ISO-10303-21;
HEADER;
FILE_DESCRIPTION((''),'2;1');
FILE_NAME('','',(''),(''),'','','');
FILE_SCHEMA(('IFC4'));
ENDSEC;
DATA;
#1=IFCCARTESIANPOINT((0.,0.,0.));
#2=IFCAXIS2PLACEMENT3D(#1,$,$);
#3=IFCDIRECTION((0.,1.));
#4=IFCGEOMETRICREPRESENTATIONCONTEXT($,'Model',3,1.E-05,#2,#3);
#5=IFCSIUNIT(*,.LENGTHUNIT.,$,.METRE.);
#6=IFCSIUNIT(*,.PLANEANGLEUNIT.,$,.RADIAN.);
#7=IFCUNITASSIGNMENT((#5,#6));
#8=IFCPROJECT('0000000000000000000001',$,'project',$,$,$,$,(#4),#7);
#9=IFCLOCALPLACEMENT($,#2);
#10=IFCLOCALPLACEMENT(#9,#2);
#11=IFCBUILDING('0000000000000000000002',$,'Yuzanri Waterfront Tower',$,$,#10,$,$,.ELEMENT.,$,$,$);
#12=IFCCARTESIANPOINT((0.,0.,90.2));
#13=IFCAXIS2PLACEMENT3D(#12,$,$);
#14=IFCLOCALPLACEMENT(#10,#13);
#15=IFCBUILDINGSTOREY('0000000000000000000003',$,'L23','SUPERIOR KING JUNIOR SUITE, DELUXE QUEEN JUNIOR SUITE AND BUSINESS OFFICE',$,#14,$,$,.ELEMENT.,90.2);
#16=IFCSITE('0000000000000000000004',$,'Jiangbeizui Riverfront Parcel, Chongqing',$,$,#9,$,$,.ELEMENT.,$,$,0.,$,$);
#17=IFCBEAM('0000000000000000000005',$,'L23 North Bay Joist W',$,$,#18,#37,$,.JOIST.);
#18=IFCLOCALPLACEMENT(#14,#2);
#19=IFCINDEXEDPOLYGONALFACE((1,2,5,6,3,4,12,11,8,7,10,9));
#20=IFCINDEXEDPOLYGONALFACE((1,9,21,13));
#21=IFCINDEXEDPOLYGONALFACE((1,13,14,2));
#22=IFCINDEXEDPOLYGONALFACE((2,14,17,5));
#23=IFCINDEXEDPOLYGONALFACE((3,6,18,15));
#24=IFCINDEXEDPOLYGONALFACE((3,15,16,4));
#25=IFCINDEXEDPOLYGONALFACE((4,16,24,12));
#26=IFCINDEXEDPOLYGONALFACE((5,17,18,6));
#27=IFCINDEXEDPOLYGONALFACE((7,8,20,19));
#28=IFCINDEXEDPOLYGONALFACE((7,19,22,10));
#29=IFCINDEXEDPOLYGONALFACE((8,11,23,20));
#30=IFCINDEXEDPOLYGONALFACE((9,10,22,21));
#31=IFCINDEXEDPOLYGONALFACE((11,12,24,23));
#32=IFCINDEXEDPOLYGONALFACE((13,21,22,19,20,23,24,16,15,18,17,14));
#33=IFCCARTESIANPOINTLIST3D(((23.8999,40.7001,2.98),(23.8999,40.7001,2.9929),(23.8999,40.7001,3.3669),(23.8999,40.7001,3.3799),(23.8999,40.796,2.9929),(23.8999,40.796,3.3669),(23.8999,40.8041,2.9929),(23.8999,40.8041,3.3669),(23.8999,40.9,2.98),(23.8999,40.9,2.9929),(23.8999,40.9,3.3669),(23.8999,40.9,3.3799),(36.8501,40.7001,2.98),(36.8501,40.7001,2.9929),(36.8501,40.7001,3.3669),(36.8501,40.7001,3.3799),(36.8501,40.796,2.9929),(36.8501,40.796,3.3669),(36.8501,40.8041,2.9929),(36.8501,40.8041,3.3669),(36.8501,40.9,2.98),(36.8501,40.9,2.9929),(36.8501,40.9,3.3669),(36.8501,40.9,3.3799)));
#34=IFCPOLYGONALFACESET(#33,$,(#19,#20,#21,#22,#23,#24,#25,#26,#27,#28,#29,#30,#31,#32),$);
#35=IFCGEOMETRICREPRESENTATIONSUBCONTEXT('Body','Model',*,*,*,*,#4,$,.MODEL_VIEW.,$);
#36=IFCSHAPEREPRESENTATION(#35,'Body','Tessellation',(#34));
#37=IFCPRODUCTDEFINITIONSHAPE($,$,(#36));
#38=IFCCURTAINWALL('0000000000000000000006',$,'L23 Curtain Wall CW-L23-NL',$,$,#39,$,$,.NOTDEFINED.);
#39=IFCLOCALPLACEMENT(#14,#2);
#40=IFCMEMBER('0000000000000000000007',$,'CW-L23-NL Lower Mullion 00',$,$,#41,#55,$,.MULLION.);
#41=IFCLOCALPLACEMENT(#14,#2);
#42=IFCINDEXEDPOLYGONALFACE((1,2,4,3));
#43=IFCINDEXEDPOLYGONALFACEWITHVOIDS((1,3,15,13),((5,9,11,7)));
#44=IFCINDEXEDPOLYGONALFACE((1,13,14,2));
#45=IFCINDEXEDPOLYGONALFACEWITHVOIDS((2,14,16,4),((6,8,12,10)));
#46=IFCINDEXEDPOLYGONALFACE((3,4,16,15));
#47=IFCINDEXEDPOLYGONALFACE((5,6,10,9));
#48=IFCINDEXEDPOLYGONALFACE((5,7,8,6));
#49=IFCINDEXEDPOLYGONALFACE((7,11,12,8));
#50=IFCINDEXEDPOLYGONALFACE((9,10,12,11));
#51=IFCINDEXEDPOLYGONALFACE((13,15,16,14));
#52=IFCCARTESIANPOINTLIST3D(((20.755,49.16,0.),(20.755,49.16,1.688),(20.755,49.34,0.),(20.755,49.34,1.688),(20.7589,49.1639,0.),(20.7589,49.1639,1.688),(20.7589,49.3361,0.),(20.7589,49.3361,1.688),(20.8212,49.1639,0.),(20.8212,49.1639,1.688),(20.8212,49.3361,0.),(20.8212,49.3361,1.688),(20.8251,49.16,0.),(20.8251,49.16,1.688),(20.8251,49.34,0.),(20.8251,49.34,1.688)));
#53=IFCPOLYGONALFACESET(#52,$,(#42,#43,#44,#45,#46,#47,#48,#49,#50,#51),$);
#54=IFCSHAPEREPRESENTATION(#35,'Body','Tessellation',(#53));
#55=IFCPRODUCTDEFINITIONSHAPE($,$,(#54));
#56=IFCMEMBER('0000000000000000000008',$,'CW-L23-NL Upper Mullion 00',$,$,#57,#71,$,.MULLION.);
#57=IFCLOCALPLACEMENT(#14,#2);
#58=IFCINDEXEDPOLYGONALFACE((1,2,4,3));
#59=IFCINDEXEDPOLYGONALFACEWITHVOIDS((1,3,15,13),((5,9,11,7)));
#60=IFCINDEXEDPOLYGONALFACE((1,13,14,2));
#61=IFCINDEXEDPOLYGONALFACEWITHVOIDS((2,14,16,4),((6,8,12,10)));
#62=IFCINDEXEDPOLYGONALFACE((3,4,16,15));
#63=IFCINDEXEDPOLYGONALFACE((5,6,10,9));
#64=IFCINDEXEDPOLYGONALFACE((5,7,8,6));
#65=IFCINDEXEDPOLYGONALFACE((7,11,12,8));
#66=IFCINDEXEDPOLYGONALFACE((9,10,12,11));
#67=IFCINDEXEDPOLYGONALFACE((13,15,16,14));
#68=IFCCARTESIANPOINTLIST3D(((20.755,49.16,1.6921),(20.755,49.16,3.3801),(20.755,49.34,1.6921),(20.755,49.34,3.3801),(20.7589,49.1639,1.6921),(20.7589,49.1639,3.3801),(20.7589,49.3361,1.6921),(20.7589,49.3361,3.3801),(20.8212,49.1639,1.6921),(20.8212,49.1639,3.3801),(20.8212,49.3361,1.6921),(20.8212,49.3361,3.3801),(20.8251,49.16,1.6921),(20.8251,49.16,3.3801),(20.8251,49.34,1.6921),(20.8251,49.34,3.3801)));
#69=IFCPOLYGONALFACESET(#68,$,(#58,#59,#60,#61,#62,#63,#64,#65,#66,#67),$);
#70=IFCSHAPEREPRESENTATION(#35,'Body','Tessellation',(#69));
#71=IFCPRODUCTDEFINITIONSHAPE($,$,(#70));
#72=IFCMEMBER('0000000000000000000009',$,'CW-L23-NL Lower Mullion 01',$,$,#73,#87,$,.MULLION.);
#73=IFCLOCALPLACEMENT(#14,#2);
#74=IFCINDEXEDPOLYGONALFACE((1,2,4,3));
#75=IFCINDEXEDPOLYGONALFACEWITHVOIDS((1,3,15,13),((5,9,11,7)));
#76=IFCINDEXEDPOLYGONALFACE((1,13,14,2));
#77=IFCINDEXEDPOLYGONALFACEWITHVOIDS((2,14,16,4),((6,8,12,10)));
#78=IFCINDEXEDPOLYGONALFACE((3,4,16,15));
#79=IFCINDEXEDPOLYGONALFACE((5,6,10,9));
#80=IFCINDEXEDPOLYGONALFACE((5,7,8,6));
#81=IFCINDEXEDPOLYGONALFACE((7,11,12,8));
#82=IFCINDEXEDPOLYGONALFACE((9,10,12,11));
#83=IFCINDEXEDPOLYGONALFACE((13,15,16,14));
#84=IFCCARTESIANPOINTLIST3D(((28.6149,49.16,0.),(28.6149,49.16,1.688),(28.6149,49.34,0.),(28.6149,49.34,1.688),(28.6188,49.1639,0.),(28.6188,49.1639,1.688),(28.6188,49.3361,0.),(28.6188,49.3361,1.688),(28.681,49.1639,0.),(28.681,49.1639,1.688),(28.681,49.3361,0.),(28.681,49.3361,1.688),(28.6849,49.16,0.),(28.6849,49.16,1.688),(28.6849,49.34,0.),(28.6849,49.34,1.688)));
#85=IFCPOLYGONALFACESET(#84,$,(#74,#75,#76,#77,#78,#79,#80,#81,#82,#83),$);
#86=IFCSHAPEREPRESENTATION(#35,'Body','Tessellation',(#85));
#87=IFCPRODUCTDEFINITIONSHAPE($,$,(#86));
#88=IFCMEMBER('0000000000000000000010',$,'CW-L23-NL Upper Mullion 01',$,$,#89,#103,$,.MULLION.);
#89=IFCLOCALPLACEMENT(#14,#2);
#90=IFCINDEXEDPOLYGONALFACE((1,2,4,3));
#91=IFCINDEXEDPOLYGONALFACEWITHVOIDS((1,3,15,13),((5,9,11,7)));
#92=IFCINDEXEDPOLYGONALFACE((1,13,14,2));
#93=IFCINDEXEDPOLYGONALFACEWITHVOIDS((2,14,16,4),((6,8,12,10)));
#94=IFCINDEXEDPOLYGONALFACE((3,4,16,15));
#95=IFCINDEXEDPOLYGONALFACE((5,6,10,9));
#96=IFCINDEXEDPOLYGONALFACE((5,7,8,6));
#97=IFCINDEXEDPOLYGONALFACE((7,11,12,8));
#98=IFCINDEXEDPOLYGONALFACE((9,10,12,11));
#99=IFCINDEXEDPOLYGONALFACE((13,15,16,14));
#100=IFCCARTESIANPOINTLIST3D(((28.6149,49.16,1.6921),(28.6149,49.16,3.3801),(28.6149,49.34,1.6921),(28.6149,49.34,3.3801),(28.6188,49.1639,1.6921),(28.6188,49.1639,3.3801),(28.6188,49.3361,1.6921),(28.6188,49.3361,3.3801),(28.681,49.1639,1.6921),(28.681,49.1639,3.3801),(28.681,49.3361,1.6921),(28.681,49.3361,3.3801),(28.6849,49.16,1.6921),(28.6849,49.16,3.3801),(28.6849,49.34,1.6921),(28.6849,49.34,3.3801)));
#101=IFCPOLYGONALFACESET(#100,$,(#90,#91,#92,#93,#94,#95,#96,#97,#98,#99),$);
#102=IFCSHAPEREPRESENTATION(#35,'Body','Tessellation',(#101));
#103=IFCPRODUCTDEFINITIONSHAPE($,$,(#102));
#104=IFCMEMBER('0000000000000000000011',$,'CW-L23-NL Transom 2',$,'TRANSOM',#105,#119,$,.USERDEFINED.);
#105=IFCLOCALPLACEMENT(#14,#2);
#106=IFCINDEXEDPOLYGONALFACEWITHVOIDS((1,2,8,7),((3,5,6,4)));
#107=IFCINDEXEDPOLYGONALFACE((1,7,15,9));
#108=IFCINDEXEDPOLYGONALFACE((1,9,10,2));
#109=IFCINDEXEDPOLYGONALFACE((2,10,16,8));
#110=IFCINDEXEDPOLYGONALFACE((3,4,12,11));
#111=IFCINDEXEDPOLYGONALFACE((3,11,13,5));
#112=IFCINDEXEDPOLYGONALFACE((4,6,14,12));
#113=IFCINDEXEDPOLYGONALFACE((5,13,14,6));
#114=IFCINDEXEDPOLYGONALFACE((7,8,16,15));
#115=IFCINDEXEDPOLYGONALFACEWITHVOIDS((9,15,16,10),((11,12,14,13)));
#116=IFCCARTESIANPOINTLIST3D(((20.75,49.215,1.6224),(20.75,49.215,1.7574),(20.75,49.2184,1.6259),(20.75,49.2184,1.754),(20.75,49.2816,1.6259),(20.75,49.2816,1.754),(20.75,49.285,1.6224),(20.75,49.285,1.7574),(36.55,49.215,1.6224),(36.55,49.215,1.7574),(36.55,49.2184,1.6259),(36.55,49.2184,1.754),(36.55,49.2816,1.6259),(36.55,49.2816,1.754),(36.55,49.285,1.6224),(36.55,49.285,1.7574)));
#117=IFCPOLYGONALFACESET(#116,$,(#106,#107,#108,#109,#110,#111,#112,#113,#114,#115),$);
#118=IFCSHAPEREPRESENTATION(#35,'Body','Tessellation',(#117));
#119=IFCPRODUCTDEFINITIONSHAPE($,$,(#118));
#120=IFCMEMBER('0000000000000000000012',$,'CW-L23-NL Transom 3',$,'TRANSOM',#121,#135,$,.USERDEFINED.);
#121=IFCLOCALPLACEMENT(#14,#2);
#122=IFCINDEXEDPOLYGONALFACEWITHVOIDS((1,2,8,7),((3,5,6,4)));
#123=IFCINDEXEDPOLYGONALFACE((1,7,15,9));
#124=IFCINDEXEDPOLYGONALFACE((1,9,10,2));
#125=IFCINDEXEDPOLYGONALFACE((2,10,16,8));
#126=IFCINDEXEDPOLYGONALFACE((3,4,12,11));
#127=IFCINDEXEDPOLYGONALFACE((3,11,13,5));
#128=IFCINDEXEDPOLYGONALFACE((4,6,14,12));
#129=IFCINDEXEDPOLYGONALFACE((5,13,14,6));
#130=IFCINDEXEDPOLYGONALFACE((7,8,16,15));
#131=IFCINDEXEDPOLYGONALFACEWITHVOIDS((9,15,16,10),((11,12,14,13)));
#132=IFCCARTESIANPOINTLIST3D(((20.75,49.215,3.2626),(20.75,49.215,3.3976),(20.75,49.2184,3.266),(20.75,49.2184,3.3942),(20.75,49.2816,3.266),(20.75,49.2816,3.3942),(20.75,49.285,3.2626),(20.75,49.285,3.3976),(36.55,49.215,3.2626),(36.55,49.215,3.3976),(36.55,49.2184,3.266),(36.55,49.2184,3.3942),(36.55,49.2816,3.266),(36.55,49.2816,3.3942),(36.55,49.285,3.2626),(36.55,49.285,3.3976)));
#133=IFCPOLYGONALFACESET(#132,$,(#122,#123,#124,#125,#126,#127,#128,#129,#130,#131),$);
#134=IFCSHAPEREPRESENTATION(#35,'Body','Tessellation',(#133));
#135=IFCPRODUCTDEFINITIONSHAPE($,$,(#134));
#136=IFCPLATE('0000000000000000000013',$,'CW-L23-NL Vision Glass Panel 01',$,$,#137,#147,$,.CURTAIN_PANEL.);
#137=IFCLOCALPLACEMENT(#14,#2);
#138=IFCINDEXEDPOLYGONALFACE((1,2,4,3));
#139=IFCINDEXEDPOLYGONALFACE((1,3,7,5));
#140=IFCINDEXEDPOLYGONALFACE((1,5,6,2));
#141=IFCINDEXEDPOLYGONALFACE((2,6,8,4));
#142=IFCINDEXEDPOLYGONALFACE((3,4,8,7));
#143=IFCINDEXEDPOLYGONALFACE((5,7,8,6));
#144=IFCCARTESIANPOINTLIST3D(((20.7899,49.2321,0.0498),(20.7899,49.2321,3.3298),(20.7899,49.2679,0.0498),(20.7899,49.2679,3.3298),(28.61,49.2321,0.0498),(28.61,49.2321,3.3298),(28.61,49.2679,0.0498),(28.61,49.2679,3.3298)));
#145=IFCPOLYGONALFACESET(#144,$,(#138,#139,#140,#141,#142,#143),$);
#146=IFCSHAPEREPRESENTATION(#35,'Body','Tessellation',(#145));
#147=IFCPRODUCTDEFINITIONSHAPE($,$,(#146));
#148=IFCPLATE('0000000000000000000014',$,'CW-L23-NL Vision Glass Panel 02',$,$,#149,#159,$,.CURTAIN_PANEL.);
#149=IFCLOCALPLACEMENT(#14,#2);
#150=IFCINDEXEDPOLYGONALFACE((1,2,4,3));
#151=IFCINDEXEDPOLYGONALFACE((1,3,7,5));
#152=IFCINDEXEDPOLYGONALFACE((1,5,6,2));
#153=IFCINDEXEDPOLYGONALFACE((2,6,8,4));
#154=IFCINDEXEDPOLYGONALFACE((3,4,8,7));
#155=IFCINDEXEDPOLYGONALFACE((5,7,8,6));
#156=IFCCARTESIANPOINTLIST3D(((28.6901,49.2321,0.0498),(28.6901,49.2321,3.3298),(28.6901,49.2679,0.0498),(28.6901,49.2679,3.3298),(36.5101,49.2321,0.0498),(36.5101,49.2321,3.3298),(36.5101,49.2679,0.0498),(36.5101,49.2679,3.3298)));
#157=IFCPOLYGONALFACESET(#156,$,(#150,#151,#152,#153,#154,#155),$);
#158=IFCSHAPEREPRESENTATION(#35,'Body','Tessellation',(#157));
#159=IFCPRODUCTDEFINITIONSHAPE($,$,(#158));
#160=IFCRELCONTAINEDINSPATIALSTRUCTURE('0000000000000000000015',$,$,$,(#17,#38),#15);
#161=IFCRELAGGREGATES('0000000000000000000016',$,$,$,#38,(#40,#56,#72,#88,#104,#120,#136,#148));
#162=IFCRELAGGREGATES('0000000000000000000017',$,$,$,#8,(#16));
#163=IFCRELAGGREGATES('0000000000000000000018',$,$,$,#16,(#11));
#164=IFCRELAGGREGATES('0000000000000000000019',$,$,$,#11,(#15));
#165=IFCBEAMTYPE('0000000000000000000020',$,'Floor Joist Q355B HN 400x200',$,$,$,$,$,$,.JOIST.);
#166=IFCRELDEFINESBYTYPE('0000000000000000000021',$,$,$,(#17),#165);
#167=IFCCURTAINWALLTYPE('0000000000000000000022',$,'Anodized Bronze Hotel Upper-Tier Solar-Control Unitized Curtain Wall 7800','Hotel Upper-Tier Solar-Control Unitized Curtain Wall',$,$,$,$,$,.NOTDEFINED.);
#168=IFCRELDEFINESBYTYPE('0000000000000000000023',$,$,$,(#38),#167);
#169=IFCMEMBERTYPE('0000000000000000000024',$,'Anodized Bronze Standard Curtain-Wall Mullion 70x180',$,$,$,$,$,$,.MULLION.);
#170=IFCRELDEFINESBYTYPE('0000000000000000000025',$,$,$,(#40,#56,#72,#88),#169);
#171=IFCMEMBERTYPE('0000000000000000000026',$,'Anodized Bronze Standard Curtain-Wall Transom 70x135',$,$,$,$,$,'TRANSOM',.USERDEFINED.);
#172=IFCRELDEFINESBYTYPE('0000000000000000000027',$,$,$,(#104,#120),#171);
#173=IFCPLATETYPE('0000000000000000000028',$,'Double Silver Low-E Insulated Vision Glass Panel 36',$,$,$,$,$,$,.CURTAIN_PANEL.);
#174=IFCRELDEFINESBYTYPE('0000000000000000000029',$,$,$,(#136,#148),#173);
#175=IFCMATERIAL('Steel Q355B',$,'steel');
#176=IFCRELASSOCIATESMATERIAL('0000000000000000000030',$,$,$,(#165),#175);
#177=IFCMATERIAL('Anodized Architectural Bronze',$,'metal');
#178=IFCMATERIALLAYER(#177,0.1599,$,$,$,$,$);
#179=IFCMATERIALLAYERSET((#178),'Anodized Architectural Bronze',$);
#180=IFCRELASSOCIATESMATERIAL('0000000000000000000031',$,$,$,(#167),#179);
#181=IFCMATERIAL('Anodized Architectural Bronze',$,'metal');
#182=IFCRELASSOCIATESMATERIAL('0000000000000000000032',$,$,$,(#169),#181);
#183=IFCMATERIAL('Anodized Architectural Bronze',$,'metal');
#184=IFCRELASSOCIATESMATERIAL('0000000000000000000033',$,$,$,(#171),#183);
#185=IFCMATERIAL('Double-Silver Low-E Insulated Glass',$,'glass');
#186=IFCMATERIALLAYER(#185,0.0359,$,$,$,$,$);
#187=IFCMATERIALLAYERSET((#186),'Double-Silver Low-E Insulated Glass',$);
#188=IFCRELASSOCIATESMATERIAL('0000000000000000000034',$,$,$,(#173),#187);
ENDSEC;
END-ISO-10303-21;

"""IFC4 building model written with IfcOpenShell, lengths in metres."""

from ifc_helpers import new_model, si_unit, direction, frame, origin, origin_2d, place, context, subcontext, project, spatial, rectangle, hollow_rectangle, i_section, extrude, source, transform, mapped, material, layer, layer_set, material_profile, profile_set, type_object, element, aggregate, save


model = new_model("IFC4")

# Units and contexts
model_context = context("Model", 3, precision=1e-05, world=origin(), true_north=direction((0.0, 1.0)))
body_context = subcontext(model_context, "Body", "Model", "MODEL_VIEW")
ifc_project = project(units=[si_unit("LENGTHUNIT", "METRE"), si_unit("PLANEANGLEUNIT", "RADIAN")], contexts=[model_context])

# Site, building, storey
site_placement = place(None, origin())
site = spatial("IfcSite", under=ifc_project, at=site_placement, Name="Jiangbeizui Riverfront Parcel, Chongqing", CompositionType="ELEMENT", RefElevation=0.0)
building_placement = place(site_placement, origin())
building = spatial("IfcBuilding", under=site, at=building_placement, Name="Yuzanri Waterfront Tower", CompositionType="ELEMENT")
storey_placement = place(building_placement, frame((0.0, 0.0, 90.2)))
storey = spatial("IfcBuildingStorey", under=building, at=storey_placement, Name="L23", Description="SUPERIOR KING JUNIOR SUITE, DELUXE QUEEN JUNIOR SUITE AND BUSINESS OFFICE", CompositionType="ELEMENT", Elevation=90.2)

# Beam
ifc_material_1 = material(Name="Steel Q355B", Category="steel")
ifc_material_profile_1 = material_profile(ifc_material_1, i_section(OverallWidth=0.2, OverallDepth=0.3999, WebThickness=0.0081, FlangeThickness=0.0129, at=origin_2d()), Name="HN 400x200x8x13")
ifc_profile_set_1 = profile_set([ifc_material_profile_1], Name="Steel Q355B")
beam_type = type_object("IfcBeamType", Name="Floor Joist Q355B HN 400x200", PredefinedType="JOIST", material=ifc_profile_set_1)
shared_shape_1 = source(origin(), body_context, "Body", "SweptSolid", [
    extrude(i_section(OverallWidth=0.2, OverallDepth=0.3999, WebThickness=0.0081, FlangeThickness=0.0129, at=origin_2d()), origin(), (0.0, 0.0, 1.0), 12.9502),
])
beam_placement = place(storey_placement, frame((23.8999, 40.8, 3.1799), z_axis=(1.0, 0.0, 0.0), x_axis=(0.0, 1.0, 0.0)))
element("IfcBeam", 1, at=beam_placement, inside=storey, type_object=beam_type, Name="L23 North Bay Joist W", PredefinedType="JOIST", context=body_context, shape_type="MappedRepresentation", body=[
    mapped(shared_shape_1, transform((0.0, 0.0, 0.0), scale=1.0)),
])

# Curtain wall, members, plates
ifc_material_2 = material(Name="Anodized Architectural Bronze", Category="metal")
ifc_layer_1 = layer(ifc_material_2, 0.1599)
ifc_layer_set_1 = layer_set([ifc_layer_1], Name="Anodized Architectural Bronze")
curtain_wall_type = type_object("IfcCurtainWallType", Name="Anodized Bronze Hotel Upper-Tier Solar-Control Unitized Curtain Wall 7800", Description="Hotel Upper-Tier Solar-Control Unitized Curtain Wall", PredefinedType="NOTDEFINED", material=ifc_layer_set_1)
curtain_wall_placement = place(storey_placement, origin())
curtain_wall = element("IfcCurtainWall", 2, at=curtain_wall_placement, inside=storey, type_object=curtain_wall_type, Name="L23 Curtain Wall CW-L23-NL", PredefinedType="NOTDEFINED")
ifc_material_3 = material(Name="Anodized Architectural Bronze", Category="metal")
ifc_material_profile_2 = material_profile(ifc_material_3, hollow_rectangle(XDim=0.0701, YDim=0.1799, WallThickness=0.0039, at=origin_2d()), Name="CWM 70x180")
ifc_profile_set_2 = profile_set([ifc_material_profile_2], Name="Anodized Architectural Bronze")
member_type_1 = type_object("IfcMemberType", Name="Anodized Bronze Standard Curtain-Wall Mullion 70x180", PredefinedType="MULLION", material=ifc_profile_set_2)
shared_shape_2 = source(origin(), body_context, "Body", "SweptSolid", [
    extrude(hollow_rectangle(XDim=0.0701, YDim=0.1799, WallThickness=0.0039, at=origin_2d()), origin(), (0.0, 0.0, 1.0), 1.688),
])
member_1_placement = place(storey_placement, frame((20.79, 49.25, 0.0), z_axis=(0.0, 0.0, 1.0), x_axis=(1.0, 0.0, 0.0)))
member_1 = element("IfcMember", 3, at=member_1_placement, type_object=member_type_1, Name="CW-L23-NL Lower Mullion 00", PredefinedType="MULLION", context=body_context, shape_type="MappedRepresentation", body=[
    mapped(shared_shape_2, transform((0.0, 0.0, 0.0), scale=1.0)),
])
member_2_placement = place(storey_placement, frame((20.79, 49.25, 1.6921), z_axis=(0.0, 0.0, 1.0), x_axis=(1.0, 0.0, 0.0)))
member_2 = element("IfcMember", 4, at=member_2_placement, type_object=member_type_1, Name="CW-L23-NL Upper Mullion 00", PredefinedType="MULLION", context=body_context, shape_type="MappedRepresentation", body=[
    mapped(shared_shape_2, transform((0.0, 0.0, 0.0), scale=1.0)),
])
member_3_placement = place(storey_placement, frame((28.6499, 49.25, 0.0), z_axis=(0.0, 0.0, 1.0), x_axis=(1.0, 0.0, 0.0)))
member_3 = element("IfcMember", 5, at=member_3_placement, type_object=member_type_1, Name="CW-L23-NL Lower Mullion 01", PredefinedType="MULLION", context=body_context, shape_type="MappedRepresentation", body=[
    mapped(shared_shape_2, transform((0.0, 0.0, 0.0), scale=1.0)),
])
member_4_placement = place(storey_placement, frame((28.6499, 49.25, 1.6921), z_axis=(0.0, 0.0, 1.0), x_axis=(1.0, 0.0, 0.0)))
member_4 = element("IfcMember", 6, at=member_4_placement, type_object=member_type_1, Name="CW-L23-NL Upper Mullion 01", PredefinedType="MULLION", context=body_context, shape_type="MappedRepresentation", body=[
    mapped(shared_shape_2, transform((0.0, 0.0, 0.0), scale=1.0)),
])
ifc_material_4 = material(Name="Anodized Architectural Bronze", Category="metal")
ifc_material_profile_3 = material_profile(ifc_material_4, hollow_rectangle(XDim=0.0701, YDim=0.135, WallThickness=0.0034, at=origin_2d()), Name="CWT 70x135")
ifc_profile_set_3 = profile_set([ifc_material_profile_3], Name="Anodized Architectural Bronze")
member_type_2 = type_object("IfcMemberType", Name="Anodized Bronze Standard Curtain-Wall Transom 70x135", ElementType="TRANSOM", PredefinedType="USERDEFINED", material=ifc_profile_set_3)
shared_shape_3 = source(origin(), body_context, "Body", "SweptSolid", [
    extrude(hollow_rectangle(XDim=0.0701, YDim=0.135, WallThickness=0.0034, at=origin_2d()), origin(), (0.0, 0.0, 1.0), 15.8),
])
member_5_placement = place(storey_placement, frame((20.75, 49.25, 1.6899), z_axis=(1.0, 0.0, 0.0), x_axis=(0.0, 1.0, 0.0)))
member_5 = element("IfcMember", 7, at=member_5_placement, type_object=member_type_2, Name="CW-L23-NL Transom 2", ObjectType="TRANSOM", PredefinedType="USERDEFINED", context=body_context, shape_type="MappedRepresentation", body=[
    mapped(shared_shape_3, transform((0.0, 0.0, 0.0), scale=1.0)),
])
member_6_placement = place(storey_placement, frame((20.75, 49.25, 3.3301), z_axis=(1.0, 0.0, 0.0), x_axis=(0.0, 1.0, 0.0)))
member_6 = element("IfcMember", 8, at=member_6_placement, type_object=member_type_2, Name="CW-L23-NL Transom 3", ObjectType="TRANSOM", PredefinedType="USERDEFINED", context=body_context, shape_type="MappedRepresentation", body=[
    mapped(shared_shape_3, transform((0.0, 0.0, 0.0), scale=1.0)),
])
ifc_material_5 = material(Name="Double-Silver Low-E Insulated Glass", Category="glass")
ifc_layer_2 = layer(ifc_material_5, 0.0359)
ifc_layer_set_2 = layer_set([ifc_layer_2], Name="Double-Silver Low-E Insulated Glass")
plate_type = type_object("IfcPlateType", Name="Double Silver Low-E Insulated Vision Glass Panel 36", PredefinedType="CURTAIN_PANEL", material=ifc_layer_set_2)
shared_shape_4 = source(origin(), body_context, "Body", "SweptSolid", [
    extrude(rectangle(XDim=7.8201, YDim=0.0359, at=origin_2d()), origin(), (0.0, 0.0, 1.0), 3.28),
])
plate_1_placement = place(storey_placement, frame((24.7, 49.25, 0.0498), z_axis=(0.0, 0.0, 1.0), x_axis=(1.0, 0.0, 0.0)))
plate_1 = element("IfcPlate", 9, at=plate_1_placement, type_object=plate_type, Name="CW-L23-NL Vision Glass Panel 01", PredefinedType="CURTAIN_PANEL", context=body_context, shape_type="MappedRepresentation", body=[
    mapped(shared_shape_4, transform((0.0, 0.0, 0.0), scale=1.0)),
])
plate_2_placement = place(storey_placement, frame((32.6001, 49.25, 0.0498), z_axis=(0.0, 0.0, 1.0), x_axis=(1.0, 0.0, 0.0)))
plate_2 = element("IfcPlate", 10, at=plate_2_placement, type_object=plate_type, Name="CW-L23-NL Vision Glass Panel 02", PredefinedType="CURTAIN_PANEL", context=body_context, shape_type="MappedRepresentation", body=[
    mapped(shared_shape_4, transform((0.0, 0.0, 0.0), scale=1.0)),
])
aggregate(curtain_wall, [member_1, member_2, member_3, member_4, member_5, member_6, plate_1, plate_2])

save(model, "model.ifc")
